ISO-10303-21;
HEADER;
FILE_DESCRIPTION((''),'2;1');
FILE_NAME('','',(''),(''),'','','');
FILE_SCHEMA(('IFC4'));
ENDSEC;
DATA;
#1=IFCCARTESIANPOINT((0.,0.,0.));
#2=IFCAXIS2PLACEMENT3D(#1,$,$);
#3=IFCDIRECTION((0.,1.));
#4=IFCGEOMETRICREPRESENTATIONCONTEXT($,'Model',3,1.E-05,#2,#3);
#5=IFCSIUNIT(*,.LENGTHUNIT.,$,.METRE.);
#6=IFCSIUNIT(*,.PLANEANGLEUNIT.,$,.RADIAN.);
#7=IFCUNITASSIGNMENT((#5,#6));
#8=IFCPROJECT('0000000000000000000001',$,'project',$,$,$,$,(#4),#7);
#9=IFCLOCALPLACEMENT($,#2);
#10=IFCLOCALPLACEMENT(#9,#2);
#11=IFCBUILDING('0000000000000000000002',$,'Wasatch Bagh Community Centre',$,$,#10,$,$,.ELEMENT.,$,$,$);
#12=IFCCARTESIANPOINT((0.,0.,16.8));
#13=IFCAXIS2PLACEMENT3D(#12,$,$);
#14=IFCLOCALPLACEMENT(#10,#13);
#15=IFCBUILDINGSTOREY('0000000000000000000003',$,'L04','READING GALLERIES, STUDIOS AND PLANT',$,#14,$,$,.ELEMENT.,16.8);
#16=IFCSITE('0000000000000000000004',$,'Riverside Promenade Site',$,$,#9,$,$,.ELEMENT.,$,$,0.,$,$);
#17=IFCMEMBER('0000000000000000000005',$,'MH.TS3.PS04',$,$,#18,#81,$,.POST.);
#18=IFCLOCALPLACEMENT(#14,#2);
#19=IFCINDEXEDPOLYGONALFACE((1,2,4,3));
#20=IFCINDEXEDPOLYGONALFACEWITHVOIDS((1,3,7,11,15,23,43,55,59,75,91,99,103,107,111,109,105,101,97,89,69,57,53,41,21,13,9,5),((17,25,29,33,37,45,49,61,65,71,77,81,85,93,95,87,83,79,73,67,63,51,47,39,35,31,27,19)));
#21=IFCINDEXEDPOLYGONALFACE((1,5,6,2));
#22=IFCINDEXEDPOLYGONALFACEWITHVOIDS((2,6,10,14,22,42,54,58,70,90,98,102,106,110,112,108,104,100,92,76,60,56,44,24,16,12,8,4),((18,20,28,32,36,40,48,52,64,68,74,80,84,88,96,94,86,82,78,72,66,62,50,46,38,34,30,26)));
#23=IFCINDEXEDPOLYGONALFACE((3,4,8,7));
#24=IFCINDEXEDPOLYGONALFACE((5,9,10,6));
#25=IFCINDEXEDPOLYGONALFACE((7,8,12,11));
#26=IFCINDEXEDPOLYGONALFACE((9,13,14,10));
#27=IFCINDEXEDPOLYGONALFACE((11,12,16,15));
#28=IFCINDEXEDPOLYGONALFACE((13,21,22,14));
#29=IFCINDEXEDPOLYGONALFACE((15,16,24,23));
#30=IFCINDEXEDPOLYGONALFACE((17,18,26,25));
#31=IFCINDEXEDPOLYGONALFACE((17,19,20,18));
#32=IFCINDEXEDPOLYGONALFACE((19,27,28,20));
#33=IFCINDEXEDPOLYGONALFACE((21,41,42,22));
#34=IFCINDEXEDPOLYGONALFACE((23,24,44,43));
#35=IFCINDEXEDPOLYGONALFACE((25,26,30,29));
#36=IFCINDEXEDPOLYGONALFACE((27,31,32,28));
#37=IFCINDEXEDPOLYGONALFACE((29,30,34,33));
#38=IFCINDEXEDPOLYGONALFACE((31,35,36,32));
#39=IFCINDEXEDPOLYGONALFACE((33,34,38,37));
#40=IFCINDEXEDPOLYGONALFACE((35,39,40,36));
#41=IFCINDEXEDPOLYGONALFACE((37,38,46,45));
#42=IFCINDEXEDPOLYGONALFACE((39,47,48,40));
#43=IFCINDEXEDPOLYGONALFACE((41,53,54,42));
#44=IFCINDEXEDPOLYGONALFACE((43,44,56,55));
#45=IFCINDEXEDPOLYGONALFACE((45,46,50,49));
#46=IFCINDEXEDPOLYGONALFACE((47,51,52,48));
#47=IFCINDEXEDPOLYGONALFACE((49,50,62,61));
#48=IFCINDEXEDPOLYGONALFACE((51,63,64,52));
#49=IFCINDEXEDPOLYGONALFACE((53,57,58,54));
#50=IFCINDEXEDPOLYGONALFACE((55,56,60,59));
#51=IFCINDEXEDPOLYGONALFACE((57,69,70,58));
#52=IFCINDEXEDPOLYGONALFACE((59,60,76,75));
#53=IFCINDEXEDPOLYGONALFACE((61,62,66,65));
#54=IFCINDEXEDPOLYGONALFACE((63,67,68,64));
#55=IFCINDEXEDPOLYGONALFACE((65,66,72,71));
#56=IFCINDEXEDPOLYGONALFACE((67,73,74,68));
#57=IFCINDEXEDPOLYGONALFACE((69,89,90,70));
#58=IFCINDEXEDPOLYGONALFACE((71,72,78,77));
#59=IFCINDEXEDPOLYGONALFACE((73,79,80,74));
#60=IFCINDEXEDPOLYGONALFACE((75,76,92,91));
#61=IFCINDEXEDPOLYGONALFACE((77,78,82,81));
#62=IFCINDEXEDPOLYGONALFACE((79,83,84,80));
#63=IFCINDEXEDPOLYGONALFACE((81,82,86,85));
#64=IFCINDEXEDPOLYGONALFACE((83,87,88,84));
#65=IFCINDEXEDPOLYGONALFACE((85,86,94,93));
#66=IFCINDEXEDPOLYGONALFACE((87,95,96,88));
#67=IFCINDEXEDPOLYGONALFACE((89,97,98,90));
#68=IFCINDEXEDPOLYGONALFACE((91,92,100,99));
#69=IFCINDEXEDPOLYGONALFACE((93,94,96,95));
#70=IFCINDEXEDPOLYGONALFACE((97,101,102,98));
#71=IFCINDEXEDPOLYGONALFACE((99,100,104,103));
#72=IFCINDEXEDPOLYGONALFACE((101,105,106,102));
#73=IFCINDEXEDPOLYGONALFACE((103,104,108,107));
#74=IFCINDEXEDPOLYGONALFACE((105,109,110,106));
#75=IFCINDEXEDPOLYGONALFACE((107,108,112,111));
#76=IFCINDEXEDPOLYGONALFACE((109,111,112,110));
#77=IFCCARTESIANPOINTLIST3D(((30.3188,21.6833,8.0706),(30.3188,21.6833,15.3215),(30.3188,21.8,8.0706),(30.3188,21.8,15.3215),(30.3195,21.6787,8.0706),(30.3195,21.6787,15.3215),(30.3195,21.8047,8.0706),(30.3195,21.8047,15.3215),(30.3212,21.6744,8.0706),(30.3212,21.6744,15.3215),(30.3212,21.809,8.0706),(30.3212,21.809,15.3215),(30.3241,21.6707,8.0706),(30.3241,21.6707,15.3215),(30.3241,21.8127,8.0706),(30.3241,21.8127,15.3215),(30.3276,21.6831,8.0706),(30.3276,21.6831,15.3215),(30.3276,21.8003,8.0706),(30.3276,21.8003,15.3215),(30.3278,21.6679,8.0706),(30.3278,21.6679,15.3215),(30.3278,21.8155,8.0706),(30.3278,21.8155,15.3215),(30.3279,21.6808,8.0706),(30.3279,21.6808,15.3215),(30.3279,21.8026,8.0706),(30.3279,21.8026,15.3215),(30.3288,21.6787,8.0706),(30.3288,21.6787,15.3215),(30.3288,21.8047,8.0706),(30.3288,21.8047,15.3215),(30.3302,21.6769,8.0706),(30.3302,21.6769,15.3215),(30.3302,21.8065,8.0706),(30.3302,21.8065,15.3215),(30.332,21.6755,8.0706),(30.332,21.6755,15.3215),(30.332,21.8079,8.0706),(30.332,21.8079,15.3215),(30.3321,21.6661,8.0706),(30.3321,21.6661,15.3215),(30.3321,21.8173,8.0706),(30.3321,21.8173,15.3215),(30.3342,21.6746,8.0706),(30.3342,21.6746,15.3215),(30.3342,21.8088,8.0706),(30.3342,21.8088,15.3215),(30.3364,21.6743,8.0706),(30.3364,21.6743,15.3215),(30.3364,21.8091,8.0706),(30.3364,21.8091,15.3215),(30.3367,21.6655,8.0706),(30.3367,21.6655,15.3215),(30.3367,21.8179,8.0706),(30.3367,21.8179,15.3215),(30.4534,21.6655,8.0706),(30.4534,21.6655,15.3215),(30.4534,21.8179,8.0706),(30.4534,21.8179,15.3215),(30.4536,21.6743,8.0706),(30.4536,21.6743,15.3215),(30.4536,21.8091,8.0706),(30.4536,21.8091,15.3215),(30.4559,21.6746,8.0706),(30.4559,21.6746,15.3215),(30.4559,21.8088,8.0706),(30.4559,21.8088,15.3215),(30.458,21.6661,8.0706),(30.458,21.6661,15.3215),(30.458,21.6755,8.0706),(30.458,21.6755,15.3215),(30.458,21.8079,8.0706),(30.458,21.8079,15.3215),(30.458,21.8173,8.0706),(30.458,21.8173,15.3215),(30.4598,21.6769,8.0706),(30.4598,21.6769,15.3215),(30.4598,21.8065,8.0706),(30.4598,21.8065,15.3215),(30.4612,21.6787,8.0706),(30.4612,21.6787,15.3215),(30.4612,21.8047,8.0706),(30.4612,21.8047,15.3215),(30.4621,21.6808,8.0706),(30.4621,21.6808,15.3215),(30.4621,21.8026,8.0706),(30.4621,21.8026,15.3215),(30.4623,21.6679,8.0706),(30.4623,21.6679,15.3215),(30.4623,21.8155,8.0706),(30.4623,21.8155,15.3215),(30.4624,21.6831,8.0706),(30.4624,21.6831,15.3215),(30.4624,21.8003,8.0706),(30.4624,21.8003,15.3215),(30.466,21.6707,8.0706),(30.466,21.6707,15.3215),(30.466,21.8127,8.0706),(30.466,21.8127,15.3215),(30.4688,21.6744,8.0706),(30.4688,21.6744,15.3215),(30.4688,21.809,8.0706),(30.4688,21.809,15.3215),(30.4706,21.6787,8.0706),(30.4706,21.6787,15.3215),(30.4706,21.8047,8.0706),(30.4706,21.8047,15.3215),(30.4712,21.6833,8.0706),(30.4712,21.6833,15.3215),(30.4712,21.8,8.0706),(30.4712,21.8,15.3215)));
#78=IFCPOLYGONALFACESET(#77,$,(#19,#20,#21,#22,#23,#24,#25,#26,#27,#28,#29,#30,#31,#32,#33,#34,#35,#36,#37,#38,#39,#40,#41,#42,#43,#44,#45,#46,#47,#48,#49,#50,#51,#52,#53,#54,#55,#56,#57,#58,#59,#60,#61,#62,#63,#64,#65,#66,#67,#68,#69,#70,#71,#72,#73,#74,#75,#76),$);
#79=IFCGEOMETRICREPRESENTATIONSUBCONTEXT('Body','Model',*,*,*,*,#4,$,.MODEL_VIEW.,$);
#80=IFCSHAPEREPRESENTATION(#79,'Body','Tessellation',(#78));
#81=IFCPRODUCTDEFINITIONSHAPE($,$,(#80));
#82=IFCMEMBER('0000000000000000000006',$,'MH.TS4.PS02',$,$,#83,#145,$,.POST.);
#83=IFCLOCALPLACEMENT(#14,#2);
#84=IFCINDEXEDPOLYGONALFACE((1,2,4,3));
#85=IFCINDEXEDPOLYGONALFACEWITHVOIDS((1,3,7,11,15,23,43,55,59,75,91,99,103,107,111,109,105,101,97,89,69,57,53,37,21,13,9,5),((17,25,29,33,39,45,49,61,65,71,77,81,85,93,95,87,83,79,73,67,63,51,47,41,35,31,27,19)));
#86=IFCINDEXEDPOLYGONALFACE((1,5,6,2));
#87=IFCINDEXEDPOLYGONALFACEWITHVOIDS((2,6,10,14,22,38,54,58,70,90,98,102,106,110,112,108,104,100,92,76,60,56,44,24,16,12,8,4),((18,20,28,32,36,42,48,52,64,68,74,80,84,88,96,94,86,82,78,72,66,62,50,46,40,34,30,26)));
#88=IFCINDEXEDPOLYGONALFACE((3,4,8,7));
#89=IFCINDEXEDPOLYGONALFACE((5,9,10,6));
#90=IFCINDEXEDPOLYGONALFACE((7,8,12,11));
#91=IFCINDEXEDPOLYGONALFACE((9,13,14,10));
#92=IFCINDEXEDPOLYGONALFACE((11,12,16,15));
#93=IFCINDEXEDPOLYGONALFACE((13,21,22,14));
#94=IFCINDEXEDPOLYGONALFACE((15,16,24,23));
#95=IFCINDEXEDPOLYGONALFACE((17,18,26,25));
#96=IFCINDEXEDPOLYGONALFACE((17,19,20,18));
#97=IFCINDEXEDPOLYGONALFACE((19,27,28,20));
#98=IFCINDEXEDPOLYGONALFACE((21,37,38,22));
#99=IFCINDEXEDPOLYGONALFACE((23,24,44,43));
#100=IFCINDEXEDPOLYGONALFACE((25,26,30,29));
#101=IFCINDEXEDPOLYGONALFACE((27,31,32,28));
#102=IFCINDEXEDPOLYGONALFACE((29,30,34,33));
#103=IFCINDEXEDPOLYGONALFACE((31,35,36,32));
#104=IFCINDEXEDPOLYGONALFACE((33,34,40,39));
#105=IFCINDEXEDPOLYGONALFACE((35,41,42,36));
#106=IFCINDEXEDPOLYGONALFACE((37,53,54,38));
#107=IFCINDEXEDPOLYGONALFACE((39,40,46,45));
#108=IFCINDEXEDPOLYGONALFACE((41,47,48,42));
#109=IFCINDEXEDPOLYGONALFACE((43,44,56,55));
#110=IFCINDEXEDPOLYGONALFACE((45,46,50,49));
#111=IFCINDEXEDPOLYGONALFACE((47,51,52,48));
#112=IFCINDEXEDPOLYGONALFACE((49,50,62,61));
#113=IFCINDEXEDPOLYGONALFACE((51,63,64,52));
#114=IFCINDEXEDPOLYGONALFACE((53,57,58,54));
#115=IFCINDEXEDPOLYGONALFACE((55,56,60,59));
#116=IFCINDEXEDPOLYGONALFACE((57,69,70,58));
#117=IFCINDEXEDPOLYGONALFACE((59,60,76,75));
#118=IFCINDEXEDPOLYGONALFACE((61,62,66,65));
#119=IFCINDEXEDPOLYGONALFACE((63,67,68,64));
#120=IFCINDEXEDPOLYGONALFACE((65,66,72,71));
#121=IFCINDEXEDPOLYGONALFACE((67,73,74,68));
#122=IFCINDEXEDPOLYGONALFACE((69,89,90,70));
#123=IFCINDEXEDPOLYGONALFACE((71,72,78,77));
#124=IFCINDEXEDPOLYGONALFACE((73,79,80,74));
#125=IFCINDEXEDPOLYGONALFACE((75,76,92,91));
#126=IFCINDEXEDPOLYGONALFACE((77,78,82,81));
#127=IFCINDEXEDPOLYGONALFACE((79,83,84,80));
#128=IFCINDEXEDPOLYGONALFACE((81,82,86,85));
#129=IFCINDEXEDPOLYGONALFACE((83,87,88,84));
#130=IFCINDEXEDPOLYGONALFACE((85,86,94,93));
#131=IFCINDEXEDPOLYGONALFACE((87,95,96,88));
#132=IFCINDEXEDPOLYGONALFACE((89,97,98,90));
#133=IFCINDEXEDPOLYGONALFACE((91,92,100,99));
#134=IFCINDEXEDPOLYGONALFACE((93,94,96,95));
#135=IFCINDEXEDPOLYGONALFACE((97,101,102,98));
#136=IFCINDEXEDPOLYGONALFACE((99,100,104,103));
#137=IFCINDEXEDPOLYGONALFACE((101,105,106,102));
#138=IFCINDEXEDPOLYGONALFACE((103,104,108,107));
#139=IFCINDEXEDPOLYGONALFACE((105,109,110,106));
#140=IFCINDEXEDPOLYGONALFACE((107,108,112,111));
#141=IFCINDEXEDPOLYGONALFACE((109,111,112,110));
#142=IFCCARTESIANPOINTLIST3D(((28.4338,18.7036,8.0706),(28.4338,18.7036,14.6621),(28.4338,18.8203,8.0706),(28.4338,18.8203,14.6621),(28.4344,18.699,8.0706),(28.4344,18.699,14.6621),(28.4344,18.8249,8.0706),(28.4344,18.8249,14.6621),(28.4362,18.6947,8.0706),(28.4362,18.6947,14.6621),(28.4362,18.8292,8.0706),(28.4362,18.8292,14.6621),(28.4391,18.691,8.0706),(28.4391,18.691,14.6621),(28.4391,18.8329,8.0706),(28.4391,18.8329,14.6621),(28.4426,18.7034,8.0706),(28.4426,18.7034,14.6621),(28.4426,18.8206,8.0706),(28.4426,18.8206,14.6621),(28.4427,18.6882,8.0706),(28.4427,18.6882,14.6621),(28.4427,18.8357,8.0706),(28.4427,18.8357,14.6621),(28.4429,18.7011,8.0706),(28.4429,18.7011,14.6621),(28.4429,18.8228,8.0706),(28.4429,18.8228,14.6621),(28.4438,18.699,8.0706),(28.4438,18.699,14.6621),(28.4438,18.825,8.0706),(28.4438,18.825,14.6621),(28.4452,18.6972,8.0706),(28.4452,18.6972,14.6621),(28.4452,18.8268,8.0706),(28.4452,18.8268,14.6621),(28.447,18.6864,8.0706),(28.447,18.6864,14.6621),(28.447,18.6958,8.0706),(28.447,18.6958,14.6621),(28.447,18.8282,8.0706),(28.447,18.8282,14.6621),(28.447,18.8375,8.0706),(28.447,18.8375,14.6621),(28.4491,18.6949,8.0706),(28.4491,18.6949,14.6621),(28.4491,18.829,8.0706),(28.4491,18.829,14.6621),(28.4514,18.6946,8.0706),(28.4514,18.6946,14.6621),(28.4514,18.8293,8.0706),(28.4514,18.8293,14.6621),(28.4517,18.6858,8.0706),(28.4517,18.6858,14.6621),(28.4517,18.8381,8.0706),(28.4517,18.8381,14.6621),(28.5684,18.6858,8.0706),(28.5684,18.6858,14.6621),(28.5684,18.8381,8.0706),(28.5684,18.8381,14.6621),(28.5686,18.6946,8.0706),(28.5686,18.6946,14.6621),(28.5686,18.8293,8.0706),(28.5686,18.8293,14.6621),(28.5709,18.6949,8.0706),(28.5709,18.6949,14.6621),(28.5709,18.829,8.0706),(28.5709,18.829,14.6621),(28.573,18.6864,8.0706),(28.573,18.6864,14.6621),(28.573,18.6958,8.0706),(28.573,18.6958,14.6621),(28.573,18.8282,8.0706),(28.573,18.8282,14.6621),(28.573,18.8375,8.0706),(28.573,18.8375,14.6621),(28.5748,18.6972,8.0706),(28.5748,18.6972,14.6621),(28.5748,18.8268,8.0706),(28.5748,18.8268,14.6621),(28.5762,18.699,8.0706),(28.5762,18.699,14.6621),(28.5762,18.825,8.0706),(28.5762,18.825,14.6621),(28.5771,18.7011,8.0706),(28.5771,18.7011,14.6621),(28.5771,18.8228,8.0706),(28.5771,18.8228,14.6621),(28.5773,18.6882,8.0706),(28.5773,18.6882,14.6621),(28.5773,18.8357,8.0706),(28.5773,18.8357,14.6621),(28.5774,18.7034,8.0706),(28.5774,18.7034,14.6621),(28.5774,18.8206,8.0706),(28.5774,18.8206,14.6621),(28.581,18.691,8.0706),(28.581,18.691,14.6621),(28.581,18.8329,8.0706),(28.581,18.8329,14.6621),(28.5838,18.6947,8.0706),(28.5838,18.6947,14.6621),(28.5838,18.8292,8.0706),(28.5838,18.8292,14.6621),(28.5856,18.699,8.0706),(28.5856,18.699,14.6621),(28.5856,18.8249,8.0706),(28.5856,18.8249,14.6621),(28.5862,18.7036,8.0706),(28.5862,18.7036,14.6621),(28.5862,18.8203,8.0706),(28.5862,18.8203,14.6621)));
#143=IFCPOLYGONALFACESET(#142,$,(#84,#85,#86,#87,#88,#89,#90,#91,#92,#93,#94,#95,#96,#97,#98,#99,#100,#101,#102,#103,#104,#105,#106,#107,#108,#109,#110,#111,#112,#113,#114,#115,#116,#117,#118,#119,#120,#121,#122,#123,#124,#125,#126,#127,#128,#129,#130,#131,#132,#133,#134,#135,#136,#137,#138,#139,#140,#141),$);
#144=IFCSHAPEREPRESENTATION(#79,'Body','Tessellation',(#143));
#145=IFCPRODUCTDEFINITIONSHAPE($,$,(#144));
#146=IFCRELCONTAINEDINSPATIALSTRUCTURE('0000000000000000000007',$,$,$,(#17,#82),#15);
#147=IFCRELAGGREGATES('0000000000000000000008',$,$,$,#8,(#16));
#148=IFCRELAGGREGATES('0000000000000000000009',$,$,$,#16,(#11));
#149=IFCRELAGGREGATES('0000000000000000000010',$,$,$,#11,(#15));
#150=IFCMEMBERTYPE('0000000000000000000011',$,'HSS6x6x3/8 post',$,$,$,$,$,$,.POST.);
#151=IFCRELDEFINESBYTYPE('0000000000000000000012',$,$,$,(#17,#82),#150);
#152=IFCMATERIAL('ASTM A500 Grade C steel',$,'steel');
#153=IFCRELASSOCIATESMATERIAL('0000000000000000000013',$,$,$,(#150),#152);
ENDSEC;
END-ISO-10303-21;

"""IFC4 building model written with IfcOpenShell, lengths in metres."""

from ifc_helpers import new_model, si_unit, direction, frame, origin, origin_2d, place, context, subcontext, project, spatial, hollow_rectangle, extrude, material, material_profile, profile_set, type_object, element, save


model = new_model("IFC4")

# Units and contexts
model_context = context("Model", 3, precision=1e-05, world=origin(), true_north=direction((0.0, 1.0)))
body_context = subcontext(model_context, "Body", "Model", "MODEL_VIEW")
ifc_project = project(units=[si_unit("LENGTHUNIT", "METRE"), si_unit("PLANEANGLEUNIT", "RADIAN")], contexts=[model_context])

# Site, building, storey
site_placement = place(None, origin())
site = spatial("IfcSite", under=ifc_project, at=site_placement, Name="Riverside Promenade Site", CompositionType="ELEMENT", RefElevation=0.0)
building_placement = place(site_placement, origin())
building = spatial("IfcBuilding", under=site, at=building_placement, Name="Wasatch Bagh Community Centre", CompositionType="ELEMENT")
storey_placement = place(building_placement, frame((0.0, 0.0, 16.8)))
storey = spatial("IfcBuildingStorey", under=building, at=storey_placement, Name="L04", Description="READING GALLERIES, STUDIOS AND PLANT", CompositionType="ELEMENT", Elevation=16.8)

# Members
ifc_material_1 = material(Name="ASTM A500 Grade C steel", Category="steel")
ifc_material_profile_1 = material_profile(ifc_material_1, hollow_rectangle(XDim=0.1523, YDim=0.1523, WallThickness=0.0088, InnerFilletRadius=0.0088, OuterFilletRadius=0.0178, at=origin_2d()), Name="HSS6x6x3/8")
ifc_profile_set_1 = profile_set([ifc_material_profile_1], Name="ASTM A500 Grade C steel")
member_type_1 = type_object("IfcMemberType", Name="HSS6x6x3/8 post", PredefinedType="POST", material=ifc_profile_set_1)
member_1_placement = place(storey_placement, frame((30.395, 21.7417, 8.0706), z_axis=(0.0, 0.0, 1.0), x_axis=(1.0, 0.0, 0.0)))
element("IfcMember", 1, at=member_1_placement, inside=storey, type_object=member_type_1, Name="MH.TS3.PS04", PredefinedType="POST", context=body_context, shape_type="SweptSolid", body=[
    extrude(hollow_rectangle(XDim=0.1523, YDim=0.1523, WallThickness=0.0088, InnerFilletRadius=0.0088, OuterFilletRadius=0.0178, at=origin_2d()), origin(), (0.0, 0.0, 1.0), 7.251),
])
member_2_placement = place(storey_placement, frame((28.51, 18.762, 8.0706), z_axis=(0.0, 0.0, 1.0), x_axis=(1.0, 0.0, 0.0)))
element("IfcMember", 2, at=member_2_placement, inside=storey, type_object=member_type_1, Name="MH.TS4.PS02", PredefinedType="POST", context=body_context, shape_type="SweptSolid", body=[
    extrude(hollow_rectangle(XDim=0.1523, YDim=0.1523, WallThickness=0.0088, InnerFilletRadius=0.0088, OuterFilletRadius=0.0178, at=origin_2d()), origin(), (0.0, 0.0, 1.0), 6.5916),
])

save(model, "model.ifc")
